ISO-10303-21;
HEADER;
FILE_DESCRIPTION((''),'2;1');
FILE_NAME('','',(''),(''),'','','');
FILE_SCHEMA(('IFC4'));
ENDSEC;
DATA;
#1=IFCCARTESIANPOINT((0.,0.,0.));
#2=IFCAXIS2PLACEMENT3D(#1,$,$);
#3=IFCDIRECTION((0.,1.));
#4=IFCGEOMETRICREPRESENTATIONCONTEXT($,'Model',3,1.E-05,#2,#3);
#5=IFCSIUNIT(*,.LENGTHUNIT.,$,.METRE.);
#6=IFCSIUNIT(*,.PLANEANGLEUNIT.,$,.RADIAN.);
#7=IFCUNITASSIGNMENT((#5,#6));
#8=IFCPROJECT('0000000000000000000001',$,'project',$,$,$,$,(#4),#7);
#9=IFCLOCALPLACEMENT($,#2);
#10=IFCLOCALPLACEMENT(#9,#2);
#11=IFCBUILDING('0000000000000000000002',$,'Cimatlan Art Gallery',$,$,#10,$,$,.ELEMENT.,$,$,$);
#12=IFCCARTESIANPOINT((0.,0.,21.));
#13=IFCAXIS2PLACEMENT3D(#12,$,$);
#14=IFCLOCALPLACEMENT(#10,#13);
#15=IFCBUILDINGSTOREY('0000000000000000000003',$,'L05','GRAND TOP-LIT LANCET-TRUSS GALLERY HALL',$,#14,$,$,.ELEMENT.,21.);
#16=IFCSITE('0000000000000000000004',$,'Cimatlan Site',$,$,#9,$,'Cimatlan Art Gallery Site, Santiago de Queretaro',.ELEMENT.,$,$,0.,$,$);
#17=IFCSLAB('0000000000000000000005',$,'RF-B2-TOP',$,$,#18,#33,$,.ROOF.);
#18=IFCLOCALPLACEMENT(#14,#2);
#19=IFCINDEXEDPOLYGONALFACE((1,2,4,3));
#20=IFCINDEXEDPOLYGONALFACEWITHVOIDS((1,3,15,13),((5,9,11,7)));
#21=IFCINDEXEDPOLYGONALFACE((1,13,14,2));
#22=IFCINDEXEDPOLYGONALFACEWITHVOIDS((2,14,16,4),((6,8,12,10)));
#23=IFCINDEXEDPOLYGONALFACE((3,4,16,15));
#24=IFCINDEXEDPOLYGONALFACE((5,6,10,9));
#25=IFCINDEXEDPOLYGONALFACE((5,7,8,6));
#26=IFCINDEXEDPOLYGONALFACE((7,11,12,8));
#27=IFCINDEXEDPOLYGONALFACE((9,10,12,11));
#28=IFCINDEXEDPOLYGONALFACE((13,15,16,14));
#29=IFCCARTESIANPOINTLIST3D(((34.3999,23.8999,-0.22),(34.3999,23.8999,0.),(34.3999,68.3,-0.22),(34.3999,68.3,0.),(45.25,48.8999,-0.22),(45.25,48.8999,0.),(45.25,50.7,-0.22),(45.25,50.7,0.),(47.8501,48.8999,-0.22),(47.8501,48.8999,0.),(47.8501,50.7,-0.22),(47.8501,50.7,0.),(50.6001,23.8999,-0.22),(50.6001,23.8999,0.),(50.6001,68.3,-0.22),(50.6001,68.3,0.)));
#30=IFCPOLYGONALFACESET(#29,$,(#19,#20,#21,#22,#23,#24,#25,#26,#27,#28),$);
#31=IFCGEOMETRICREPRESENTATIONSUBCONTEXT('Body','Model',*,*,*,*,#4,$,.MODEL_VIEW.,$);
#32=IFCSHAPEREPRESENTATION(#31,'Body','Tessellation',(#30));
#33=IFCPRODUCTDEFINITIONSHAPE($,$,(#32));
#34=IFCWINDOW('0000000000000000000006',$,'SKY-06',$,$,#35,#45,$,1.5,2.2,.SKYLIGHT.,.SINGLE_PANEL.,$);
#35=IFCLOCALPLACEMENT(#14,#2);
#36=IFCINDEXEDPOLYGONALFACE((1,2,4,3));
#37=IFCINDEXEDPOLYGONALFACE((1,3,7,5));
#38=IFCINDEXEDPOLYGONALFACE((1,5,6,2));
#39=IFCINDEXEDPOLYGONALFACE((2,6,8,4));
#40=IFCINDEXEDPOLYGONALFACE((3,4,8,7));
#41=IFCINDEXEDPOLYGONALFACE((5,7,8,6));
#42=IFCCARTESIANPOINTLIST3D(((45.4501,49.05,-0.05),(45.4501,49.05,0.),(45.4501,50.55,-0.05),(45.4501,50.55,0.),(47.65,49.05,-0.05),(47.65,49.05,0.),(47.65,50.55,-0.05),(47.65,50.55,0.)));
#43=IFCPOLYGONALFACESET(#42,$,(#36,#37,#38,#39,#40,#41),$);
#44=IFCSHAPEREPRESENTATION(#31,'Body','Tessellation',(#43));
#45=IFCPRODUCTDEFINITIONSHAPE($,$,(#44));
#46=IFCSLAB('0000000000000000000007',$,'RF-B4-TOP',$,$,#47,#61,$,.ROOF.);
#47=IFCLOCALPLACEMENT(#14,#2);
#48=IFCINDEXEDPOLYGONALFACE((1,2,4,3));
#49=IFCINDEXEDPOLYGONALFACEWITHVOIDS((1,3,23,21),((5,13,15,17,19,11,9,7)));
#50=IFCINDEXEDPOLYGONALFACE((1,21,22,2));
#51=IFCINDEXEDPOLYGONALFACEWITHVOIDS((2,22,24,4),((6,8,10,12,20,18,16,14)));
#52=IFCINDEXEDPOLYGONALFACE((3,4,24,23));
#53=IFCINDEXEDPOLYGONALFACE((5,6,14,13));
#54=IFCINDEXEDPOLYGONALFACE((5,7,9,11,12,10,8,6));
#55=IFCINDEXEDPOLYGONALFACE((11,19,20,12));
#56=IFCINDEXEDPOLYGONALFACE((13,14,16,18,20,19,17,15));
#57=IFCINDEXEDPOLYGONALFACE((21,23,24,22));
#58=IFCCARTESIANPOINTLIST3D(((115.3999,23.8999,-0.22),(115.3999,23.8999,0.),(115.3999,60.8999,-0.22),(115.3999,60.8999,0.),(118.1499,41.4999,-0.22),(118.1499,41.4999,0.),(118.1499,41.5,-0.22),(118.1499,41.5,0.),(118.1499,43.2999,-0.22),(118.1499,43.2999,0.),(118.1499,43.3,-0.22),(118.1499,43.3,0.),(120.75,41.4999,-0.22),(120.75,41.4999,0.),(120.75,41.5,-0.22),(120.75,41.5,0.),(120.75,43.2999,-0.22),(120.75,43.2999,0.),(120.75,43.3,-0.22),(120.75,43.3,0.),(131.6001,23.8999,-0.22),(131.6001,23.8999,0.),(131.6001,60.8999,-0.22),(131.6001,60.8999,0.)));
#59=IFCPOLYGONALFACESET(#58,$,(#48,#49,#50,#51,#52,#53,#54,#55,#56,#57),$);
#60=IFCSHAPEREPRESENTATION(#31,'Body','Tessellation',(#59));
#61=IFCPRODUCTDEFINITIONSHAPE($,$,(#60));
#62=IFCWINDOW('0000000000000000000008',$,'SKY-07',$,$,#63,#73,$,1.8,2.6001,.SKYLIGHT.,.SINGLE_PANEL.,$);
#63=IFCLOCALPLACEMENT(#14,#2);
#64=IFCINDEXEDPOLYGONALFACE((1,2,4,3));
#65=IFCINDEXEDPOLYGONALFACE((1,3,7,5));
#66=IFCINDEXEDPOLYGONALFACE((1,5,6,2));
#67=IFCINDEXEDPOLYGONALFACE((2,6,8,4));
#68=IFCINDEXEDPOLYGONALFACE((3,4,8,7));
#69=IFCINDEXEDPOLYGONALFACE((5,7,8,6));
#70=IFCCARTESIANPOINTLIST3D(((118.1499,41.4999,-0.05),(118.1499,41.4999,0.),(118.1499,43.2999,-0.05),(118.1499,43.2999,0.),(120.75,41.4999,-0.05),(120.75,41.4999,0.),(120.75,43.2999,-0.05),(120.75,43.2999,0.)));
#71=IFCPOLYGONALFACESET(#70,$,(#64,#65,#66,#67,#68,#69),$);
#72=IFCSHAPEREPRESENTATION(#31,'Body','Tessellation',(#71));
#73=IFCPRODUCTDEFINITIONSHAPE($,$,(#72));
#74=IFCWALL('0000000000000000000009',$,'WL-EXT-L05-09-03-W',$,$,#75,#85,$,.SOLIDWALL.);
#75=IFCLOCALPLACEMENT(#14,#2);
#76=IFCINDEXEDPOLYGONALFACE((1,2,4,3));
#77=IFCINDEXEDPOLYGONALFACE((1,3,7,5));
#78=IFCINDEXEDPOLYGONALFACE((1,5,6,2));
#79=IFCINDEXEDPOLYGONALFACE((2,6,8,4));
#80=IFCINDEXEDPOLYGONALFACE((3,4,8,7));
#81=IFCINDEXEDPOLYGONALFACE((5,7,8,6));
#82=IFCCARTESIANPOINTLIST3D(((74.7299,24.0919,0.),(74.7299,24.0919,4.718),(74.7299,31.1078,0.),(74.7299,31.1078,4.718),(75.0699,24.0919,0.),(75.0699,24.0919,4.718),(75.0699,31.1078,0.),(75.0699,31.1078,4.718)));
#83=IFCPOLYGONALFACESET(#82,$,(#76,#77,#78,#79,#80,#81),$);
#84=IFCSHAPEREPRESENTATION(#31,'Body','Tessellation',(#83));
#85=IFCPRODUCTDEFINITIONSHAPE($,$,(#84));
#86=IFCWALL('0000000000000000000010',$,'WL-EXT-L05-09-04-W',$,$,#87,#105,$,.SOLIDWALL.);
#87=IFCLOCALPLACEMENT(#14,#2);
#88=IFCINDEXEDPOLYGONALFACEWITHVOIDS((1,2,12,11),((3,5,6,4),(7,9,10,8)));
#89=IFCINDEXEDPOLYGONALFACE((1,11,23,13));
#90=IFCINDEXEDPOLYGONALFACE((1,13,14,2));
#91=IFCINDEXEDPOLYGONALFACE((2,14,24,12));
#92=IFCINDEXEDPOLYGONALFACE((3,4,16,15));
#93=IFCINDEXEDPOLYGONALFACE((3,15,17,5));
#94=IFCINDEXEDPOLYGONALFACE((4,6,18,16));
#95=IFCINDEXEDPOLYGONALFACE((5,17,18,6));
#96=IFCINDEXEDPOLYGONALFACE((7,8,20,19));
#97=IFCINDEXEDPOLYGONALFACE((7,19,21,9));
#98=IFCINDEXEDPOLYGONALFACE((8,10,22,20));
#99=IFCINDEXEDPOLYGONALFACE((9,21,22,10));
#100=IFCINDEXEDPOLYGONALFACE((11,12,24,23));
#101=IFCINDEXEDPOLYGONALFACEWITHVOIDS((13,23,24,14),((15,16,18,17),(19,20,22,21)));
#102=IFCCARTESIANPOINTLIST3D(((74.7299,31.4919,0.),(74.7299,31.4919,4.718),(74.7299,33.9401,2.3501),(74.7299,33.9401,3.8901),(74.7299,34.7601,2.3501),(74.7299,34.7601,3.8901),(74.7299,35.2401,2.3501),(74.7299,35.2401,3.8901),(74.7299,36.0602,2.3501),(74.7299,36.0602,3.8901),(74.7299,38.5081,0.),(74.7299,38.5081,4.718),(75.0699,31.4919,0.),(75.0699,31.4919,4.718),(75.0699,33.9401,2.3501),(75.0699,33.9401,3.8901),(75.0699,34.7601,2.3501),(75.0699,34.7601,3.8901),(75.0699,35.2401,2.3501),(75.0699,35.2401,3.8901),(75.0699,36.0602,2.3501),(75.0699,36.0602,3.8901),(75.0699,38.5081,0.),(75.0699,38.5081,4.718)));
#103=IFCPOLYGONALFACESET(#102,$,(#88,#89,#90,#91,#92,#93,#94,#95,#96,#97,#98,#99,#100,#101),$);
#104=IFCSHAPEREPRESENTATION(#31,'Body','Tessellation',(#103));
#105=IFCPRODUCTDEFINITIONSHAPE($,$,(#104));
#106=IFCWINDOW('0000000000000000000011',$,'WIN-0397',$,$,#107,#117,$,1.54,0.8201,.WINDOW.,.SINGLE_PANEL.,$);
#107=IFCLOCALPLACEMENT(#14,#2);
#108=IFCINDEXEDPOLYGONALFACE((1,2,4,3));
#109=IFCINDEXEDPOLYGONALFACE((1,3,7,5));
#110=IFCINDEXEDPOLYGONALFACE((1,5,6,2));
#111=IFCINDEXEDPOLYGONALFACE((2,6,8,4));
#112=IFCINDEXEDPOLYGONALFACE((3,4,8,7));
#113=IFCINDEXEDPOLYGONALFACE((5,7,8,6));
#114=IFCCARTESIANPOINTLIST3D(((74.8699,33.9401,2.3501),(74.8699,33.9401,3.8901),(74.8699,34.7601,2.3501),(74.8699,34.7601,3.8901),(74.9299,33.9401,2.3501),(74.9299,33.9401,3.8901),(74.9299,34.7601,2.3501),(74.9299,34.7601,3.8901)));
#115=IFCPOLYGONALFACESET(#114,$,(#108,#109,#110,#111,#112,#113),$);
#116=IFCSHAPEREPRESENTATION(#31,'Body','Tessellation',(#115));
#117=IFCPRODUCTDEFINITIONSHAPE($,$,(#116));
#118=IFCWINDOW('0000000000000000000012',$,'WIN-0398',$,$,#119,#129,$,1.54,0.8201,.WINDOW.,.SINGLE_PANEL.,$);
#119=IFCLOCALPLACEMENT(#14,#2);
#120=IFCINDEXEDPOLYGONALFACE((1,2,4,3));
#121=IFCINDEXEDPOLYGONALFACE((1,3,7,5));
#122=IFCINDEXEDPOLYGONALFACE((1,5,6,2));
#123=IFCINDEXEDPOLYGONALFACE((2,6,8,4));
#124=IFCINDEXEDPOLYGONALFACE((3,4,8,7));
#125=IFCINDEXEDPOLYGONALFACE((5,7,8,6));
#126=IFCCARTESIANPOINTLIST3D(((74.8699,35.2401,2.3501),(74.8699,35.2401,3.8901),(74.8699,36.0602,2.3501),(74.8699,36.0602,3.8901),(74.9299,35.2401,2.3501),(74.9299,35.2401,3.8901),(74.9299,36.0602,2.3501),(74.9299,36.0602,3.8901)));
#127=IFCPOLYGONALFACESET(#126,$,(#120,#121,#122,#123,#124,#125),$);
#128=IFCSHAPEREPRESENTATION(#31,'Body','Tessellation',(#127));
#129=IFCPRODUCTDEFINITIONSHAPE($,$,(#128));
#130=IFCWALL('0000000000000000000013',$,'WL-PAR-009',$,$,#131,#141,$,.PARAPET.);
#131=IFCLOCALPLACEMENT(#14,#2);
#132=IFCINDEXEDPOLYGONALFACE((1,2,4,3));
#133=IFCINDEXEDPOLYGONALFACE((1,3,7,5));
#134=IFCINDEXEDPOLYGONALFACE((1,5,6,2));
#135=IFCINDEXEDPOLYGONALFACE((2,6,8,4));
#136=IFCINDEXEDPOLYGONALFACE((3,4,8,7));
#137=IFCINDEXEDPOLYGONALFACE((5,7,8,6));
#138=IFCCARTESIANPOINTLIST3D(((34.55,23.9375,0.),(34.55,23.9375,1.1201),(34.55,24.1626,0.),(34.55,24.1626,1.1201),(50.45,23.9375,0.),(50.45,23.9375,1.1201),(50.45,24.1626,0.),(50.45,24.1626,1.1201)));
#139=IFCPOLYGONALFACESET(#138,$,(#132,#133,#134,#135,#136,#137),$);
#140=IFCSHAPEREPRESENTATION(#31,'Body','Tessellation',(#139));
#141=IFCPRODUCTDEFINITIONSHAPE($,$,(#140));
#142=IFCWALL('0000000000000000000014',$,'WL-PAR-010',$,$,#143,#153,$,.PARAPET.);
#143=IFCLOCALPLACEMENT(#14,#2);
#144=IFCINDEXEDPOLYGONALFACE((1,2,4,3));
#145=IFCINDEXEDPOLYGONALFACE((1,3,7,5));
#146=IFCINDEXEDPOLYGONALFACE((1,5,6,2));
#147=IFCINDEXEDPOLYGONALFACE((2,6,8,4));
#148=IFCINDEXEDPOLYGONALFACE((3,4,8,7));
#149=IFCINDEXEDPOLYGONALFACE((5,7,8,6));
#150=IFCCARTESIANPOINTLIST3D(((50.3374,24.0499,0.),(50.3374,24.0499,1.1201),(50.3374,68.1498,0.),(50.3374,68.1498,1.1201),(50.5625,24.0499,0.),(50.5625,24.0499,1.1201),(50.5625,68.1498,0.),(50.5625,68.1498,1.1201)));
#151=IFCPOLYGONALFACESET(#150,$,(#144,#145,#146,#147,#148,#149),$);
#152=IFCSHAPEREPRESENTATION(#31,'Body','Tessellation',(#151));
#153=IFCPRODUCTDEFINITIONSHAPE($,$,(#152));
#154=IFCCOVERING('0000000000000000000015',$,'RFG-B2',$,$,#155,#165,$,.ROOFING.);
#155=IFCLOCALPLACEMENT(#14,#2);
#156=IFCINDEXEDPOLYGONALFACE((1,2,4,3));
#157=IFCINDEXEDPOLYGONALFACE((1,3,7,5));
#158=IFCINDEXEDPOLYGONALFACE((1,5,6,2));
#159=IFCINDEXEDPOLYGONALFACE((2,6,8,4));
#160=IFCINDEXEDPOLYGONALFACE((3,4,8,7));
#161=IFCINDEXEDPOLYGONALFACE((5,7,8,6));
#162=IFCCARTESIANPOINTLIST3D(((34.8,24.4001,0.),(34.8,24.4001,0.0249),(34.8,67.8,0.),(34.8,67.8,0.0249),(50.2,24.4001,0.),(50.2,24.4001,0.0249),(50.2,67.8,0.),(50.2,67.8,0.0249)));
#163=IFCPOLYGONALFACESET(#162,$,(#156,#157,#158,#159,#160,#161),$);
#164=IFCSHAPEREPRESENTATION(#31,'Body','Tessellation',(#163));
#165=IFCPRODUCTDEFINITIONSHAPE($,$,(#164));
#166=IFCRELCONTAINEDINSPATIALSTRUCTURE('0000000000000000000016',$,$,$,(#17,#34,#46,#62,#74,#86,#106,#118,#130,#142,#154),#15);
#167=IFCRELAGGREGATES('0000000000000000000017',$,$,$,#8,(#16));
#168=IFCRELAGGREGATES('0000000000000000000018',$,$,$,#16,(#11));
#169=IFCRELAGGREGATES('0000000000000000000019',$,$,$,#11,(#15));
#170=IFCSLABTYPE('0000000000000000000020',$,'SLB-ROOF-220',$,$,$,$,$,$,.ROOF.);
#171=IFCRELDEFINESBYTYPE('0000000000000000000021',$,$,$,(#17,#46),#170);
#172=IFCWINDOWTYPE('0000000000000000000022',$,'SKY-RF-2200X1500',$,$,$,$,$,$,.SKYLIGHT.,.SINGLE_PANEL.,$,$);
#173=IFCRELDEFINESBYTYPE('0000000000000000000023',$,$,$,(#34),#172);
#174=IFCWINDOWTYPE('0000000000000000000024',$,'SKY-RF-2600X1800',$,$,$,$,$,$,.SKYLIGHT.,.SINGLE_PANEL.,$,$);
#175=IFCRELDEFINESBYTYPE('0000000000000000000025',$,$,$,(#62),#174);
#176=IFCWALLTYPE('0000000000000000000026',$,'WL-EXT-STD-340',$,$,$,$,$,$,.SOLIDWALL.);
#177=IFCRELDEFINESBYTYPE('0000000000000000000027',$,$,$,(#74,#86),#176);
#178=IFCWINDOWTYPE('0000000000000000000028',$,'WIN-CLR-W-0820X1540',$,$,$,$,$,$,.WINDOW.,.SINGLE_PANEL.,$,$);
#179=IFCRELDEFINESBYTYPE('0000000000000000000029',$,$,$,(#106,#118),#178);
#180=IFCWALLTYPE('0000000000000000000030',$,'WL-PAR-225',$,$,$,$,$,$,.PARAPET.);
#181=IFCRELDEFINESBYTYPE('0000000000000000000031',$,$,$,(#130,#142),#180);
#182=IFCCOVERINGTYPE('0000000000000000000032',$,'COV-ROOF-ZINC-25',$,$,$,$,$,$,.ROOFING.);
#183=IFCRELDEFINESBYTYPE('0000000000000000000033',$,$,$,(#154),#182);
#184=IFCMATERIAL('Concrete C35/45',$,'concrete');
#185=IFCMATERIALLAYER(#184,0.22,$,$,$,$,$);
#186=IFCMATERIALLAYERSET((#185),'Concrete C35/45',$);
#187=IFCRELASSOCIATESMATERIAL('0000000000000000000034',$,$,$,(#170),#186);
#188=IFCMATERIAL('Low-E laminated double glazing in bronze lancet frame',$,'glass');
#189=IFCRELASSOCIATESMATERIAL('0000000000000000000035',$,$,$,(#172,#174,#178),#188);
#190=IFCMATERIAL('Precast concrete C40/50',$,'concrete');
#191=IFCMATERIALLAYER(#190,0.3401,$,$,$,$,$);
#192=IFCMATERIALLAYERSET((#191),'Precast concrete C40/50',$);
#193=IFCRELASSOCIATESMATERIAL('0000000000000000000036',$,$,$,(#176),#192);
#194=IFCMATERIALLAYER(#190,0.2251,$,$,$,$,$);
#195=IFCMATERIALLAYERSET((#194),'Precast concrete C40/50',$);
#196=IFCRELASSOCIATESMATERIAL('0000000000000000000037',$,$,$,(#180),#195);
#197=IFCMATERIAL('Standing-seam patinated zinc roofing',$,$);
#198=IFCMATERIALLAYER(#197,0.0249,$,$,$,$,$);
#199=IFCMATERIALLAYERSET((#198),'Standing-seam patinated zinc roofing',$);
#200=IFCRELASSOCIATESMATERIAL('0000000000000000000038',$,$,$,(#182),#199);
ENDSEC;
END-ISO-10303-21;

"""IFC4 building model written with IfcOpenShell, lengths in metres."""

from ifc_helpers import new_model, si_unit, direction, frame, frame_2d, origin, origin_2d, place, context, subcontext, project, spatial, polyline, rectangle, outline, extrude, material, layer, layer_set, type_object, element, fill, save


model = new_model("IFC4")

# Units and contexts
model_context = context("Model", 3, precision=1e-05, world=origin(), true_north=direction((0.0, 1.0)))
body_context = subcontext(model_context, "Body", "Model", "MODEL_VIEW")
ifc_project = project(units=[si_unit("LENGTHUNIT", "METRE"), si_unit("PLANEANGLEUNIT", "RADIAN")], contexts=[model_context])

# Site, building, storey
site_placement = place(None, origin())
site = spatial("IfcSite", under=ifc_project, at=site_placement, Name="Cimatlan Site", LongName="Cimatlan Art Gallery Site, Santiago de Queretaro", CompositionType="ELEMENT", RefElevation=0.0)
building_placement = place(site_placement, origin())
building = spatial("IfcBuilding", under=site, at=building_placement, Name="Cimatlan Art Gallery", CompositionType="ELEMENT")
storey_placement = place(building_placement, frame((0.0, 0.0, 21.0)))
storey = spatial("IfcBuildingStorey", under=building, at=storey_placement, Name="L05", Description="GRAND TOP-LIT LANCET-TRUSS GALLERY HALL", CompositionType="ELEMENT", Elevation=21.0)

# Shared definitions
ifc_material_1 = material(Name="Concrete C35/45", Category="concrete")

# Slabs, openings, windows
ifc_layer_1 = layer(ifc_material_1, 0.22)
ifc_layer_set_1 = layer_set([ifc_layer_1], Name="Concrete C35/45")
slab_type_1 = type_object("IfcSlabType", Name="SLB-ROOF-220", PredefinedType="ROOF", material=ifc_layer_set_1)
slab_1_placement = place(storey_placement, frame((0.0, 0.0, -0.22)))
slab_1 = element("IfcSlab", 1, at=slab_1_placement, inside=storey, type_object=slab_type_1, Name="RF-B2-TOP", PredefinedType="ROOF", context=body_context, shape_type="SweptSolid", body=[
    extrude(outline(polyline([(34.3999, 23.8999), (50.6001, 23.8999), (50.6001, 68.3), (34.3999, 68.3), (34.3999, 23.8999)]), holes=[polyline([(45.25, 48.8999), (47.8501, 48.8999), (47.8501, 50.7), (45.25, 50.7), (45.25, 48.8999)])]), origin(), (0.0, 0.0, 1.0), 0.22),
])
opening_1_placement = place(slab_1_placement, frame((46.55, 49.8, -0.01)))
opening_1 = element("IfcOpeningElement", 2, at=opening_1_placement, cuts=slab_1, PredefinedType="OPENING", context=body_context, shape_type="SweptSolid", body=[
    extrude(rectangle(XDim=2.2, YDim=1.5, at=origin_2d()), origin(), (0.0, 0.0, 1.0), 0.24),
])
ifc_material_2 = material(Name="Low-E laminated double glazing in bronze lancet frame", Category="glass")
window_type_1 = type_object("IfcWindowType", Name="SKY-RF-2200X1500", PartitioningType="SINGLE_PANEL", PredefinedType="SKYLIGHT", material=ifc_material_2)
window_1_placement = place(slab_1_placement, frame((46.55, 49.8, 0.1699)))
window_1 = element("IfcWindow", 3, at=window_1_placement, inside=storey, type_object=window_type_1, Name="SKY-06", OverallHeight=1.5, OverallWidth=2.2, PartitioningType="SINGLE_PANEL", PredefinedType="SKYLIGHT", context=body_context, shape_type="SweptSolid", body=[
    extrude(rectangle(XDim=2.2, YDim=1.5, at=origin_2d()), origin(), (0.0, 0.0, 1.0), 0.05),
])
fill(opening_1, window_1)
slab_2_placement = place(storey_placement, frame((0.0, 0.0, -0.22)))
slab_2 = element("IfcSlab", 4, at=slab_2_placement, inside=storey, type_object=slab_type_1, Name="RF-B4-TOP", PredefinedType="ROOF", context=body_context, shape_type="SweptSolid", body=[
    extrude(outline(polyline([(115.3999, 23.8999), (131.6001, 23.8999), (131.6001, 60.8999), (115.3999, 60.8999), (115.3999, 23.8999)]), holes=[polyline([(118.1499, 41.5), (120.75, 41.5), (120.75, 43.3), (118.1499, 43.3), (118.1499, 41.5)])]), origin(), (0.0, 0.0, 1.0), 0.22),
])
opening_2_placement = place(slab_2_placement, frame((119.45, 42.3999, -0.01)))
opening_2 = element("IfcOpeningElement", 5, at=opening_2_placement, cuts=slab_2, PredefinedType="OPENING", context=body_context, shape_type="SweptSolid", body=[
    extrude(rectangle(XDim=2.6001, YDim=1.8, at=origin_2d()), origin(), (0.0, 0.0, 1.0), 0.24),
])
window_type_2 = type_object("IfcWindowType", Name="SKY-RF-2600X1800", PartitioningType="SINGLE_PANEL", PredefinedType="SKYLIGHT", material=ifc_material_2)
window_2_placement = place(slab_2_placement, frame((119.45, 42.3999, 0.1699)))
window_2 = element("IfcWindow", 6, at=window_2_placement, inside=storey, type_object=window_type_2, Name="SKY-07", OverallHeight=1.8, OverallWidth=2.6001, PartitioningType="SINGLE_PANEL", PredefinedType="SKYLIGHT", context=body_context, shape_type="SweptSolid", body=[
    extrude(rectangle(XDim=2.6001, YDim=1.8, at=origin_2d()), origin(), (0.0, 0.0, 1.0), 0.05),
])
fill(opening_2, window_2)

# Wall
ifc_material_3 = material(Name="Precast concrete C40/50", Category="concrete")
ifc_layer_2 = layer(ifc_material_3, 0.3401)
ifc_layer_set_2 = layer_set([ifc_layer_2], Name="Precast concrete C40/50")
wall_type_1 = type_object("IfcWallType", Name="WL-EXT-STD-340", PredefinedType="SOLIDWALL", material=ifc_layer_set_2)
wall_1_placement = place(storey_placement, frame((74.8999, 24.092, 0.0), z_axis=(0.0, 0.0, 1.0), x_axis=(0.0, 1.0, 0.0)))
element("IfcWall", 7, at=wall_1_placement, inside=storey, type_object=wall_type_1, Name="WL-EXT-L05-09-03-W", PredefinedType="SOLIDWALL", context=body_context, shape_type="SweptSolid", body=[
    extrude(rectangle(XDim=7.0159, YDim=0.3401, at=frame_2d((3.5078, 0.0))), origin(), (0.0, 0.0, 1.0), 4.718),
])

# Wall, openings, windows
wall_2_placement = place(storey_placement, frame((74.8999, 31.4919, 0.0), z_axis=(0.0, 0.0, 1.0), x_axis=(0.0, 1.0, 0.0)))
wall_2 = element("IfcWall", 8, at=wall_2_placement, inside=storey, type_object=wall_type_1, Name="WL-EXT-L05-09-04-W", PredefinedType="SOLIDWALL", context=body_context, shape_type="SweptSolid", body=[
    extrude(rectangle(XDim=7.0161, YDim=0.3401, at=frame_2d((3.5081, 0.0))), origin(), (0.0, 0.0, 1.0), 4.718),
])
opening_3_placement = place(wall_2_placement, frame((2.448, 0.0, 2.3501)))
opening_3 = element("IfcOpeningElement", 9, at=opening_3_placement, cuts=wall_2, PredefinedType="OPENING", context=body_context, shape_type="SweptSolid", body=[
    extrude(rectangle(XDim=0.8201, YDim=1.54, at=frame_2d((0.4102, 0.77))), frame((0.0, 0.1802, 0.0), z_axis=(0.0, -1.0, 0.0), x_axis=(1.0, 0.0, 0.0)), (0.0, 0.0, 1.0), 0.3601),
])
opening_4_placement = place(wall_2_placement, frame((3.748, 0.0, 2.3501)))
opening_4 = element("IfcOpeningElement", 10, at=opening_4_placement, cuts=wall_2, PredefinedType="OPENING", context=body_context, shape_type="SweptSolid", body=[
    extrude(rectangle(XDim=0.8201, YDim=1.54, at=frame_2d((0.4102, 0.77))), frame((0.0, 0.1802, 0.0), z_axis=(0.0, -1.0, 0.0), x_axis=(1.0, 0.0, 0.0)), (0.0, 0.0, 1.0), 0.3601),
])
window_type_3 = type_object("IfcWindowType", Name="WIN-CLR-W-0820X1540", PartitioningType="SINGLE_PANEL", PredefinedType="WINDOW", material=ifc_material_2)
window_3_placement = place(opening_3_placement, origin())
window_3 = element("IfcWindow", 11, at=window_3_placement, inside=storey, type_object=window_type_3, Name="WIN-0397", OverallHeight=1.54, OverallWidth=0.8201, PartitioningType="SINGLE_PANEL", PredefinedType="WINDOW", context=body_context, shape_type="SweptSolid", body=[
    extrude(rectangle(XDim=0.8201, YDim=1.54, at=frame_2d((0.4102, 0.77))), frame((0.0, 0.03, 0.0), z_axis=(0.0, -1.0, 0.0), x_axis=(1.0, 0.0, 0.0)), (0.0, 0.0, 1.0), 0.0601),
])
fill(opening_3, window_3)
window_4_placement = place(opening_4_placement, origin())
window_4 = element("IfcWindow", 12, at=window_4_placement, inside=storey, type_object=window_type_3, Name="WIN-0398", OverallHeight=1.54, OverallWidth=0.8201, PartitioningType="SINGLE_PANEL", PredefinedType="WINDOW", context=body_context, shape_type="SweptSolid", body=[
    extrude(rectangle(XDim=0.8201, YDim=1.54, at=frame_2d((0.4102, 0.77))), frame((0.0, 0.03, 0.0), z_axis=(0.0, -1.0, 0.0), x_axis=(1.0, 0.0, 0.0)), (0.0, 0.0, 1.0), 0.0601),
])
fill(opening_4, window_4)

# Walls
ifc_layer_3 = layer(ifc_material_3, 0.2251)
ifc_layer_set_3 = layer_set([ifc_layer_3], Name="Precast concrete C40/50")
wall_type_2 = type_object("IfcWallType", Name="WL-PAR-225", PredefinedType="PARAPET", material=ifc_layer_set_3)
wall_3_placement = place(storey_placement, frame((34.55, 24.05, 0.0), z_axis=(0.0, 0.0, 1.0), x_axis=(1.0, 0.0, 0.0)))
element("IfcWall", 13, at=wall_3_placement, inside=storey, type_object=wall_type_2, Name="WL-PAR-009", PredefinedType="PARAPET", context=body_context, shape_type="SweptSolid", body=[
    extrude(rectangle(XDim=15.8999, YDim=0.2251, at=frame_2d((7.95, 0.0))), origin(), (0.0, 0.0, 1.0), 1.1201),
])
wall_4_placement = place(storey_placement, frame((50.45, 24.05, 0.0), z_axis=(0.0, 0.0, 1.0), x_axis=(0.0, 1.0, 0.0)))
element("IfcWall", 14, at=wall_4_placement, inside=storey, type_object=wall_type_2, Name="WL-PAR-010", PredefinedType="PARAPET", context=body_context, shape_type="SweptSolid", body=[
    extrude(rectangle(XDim=44.0999, YDim=0.2251, at=frame_2d((22.0498, 0.0))), origin(), (0.0, 0.0, 1.0), 1.1201),
])

# Covering
ifc_material_4 = material(Name="Standing-seam patinated zinc roofing")
ifc_layer_4 = layer(ifc_material_4, 0.0249)
ifc_layer_set_4 = layer_set([ifc_layer_4], Name="Standing-seam patinated zinc roofing")
covering_type = type_object("IfcCoveringType", Name="COV-ROOF-ZINC-25", PredefinedType="ROOFING", material=ifc_layer_set_4)
covering_placement = place(storey_placement, frame((42.5, 46.1001, 0.0), z_axis=(0.0, 0.0, 1.0), x_axis=(1.0, 0.0, 0.0)))
element("IfcCovering", 15, at=covering_placement, inside=storey, type_object=covering_type, Name="RFG-B2", PredefinedType="ROOFING", context=body_context, shape_type="SweptSolid", body=[
    extrude(rectangle(XDim=15.3999, YDim=43.3999, at=origin_2d()), origin(), (0.0, 0.0, 1.0), 0.0249),
])

save(model, "model.ifc")
